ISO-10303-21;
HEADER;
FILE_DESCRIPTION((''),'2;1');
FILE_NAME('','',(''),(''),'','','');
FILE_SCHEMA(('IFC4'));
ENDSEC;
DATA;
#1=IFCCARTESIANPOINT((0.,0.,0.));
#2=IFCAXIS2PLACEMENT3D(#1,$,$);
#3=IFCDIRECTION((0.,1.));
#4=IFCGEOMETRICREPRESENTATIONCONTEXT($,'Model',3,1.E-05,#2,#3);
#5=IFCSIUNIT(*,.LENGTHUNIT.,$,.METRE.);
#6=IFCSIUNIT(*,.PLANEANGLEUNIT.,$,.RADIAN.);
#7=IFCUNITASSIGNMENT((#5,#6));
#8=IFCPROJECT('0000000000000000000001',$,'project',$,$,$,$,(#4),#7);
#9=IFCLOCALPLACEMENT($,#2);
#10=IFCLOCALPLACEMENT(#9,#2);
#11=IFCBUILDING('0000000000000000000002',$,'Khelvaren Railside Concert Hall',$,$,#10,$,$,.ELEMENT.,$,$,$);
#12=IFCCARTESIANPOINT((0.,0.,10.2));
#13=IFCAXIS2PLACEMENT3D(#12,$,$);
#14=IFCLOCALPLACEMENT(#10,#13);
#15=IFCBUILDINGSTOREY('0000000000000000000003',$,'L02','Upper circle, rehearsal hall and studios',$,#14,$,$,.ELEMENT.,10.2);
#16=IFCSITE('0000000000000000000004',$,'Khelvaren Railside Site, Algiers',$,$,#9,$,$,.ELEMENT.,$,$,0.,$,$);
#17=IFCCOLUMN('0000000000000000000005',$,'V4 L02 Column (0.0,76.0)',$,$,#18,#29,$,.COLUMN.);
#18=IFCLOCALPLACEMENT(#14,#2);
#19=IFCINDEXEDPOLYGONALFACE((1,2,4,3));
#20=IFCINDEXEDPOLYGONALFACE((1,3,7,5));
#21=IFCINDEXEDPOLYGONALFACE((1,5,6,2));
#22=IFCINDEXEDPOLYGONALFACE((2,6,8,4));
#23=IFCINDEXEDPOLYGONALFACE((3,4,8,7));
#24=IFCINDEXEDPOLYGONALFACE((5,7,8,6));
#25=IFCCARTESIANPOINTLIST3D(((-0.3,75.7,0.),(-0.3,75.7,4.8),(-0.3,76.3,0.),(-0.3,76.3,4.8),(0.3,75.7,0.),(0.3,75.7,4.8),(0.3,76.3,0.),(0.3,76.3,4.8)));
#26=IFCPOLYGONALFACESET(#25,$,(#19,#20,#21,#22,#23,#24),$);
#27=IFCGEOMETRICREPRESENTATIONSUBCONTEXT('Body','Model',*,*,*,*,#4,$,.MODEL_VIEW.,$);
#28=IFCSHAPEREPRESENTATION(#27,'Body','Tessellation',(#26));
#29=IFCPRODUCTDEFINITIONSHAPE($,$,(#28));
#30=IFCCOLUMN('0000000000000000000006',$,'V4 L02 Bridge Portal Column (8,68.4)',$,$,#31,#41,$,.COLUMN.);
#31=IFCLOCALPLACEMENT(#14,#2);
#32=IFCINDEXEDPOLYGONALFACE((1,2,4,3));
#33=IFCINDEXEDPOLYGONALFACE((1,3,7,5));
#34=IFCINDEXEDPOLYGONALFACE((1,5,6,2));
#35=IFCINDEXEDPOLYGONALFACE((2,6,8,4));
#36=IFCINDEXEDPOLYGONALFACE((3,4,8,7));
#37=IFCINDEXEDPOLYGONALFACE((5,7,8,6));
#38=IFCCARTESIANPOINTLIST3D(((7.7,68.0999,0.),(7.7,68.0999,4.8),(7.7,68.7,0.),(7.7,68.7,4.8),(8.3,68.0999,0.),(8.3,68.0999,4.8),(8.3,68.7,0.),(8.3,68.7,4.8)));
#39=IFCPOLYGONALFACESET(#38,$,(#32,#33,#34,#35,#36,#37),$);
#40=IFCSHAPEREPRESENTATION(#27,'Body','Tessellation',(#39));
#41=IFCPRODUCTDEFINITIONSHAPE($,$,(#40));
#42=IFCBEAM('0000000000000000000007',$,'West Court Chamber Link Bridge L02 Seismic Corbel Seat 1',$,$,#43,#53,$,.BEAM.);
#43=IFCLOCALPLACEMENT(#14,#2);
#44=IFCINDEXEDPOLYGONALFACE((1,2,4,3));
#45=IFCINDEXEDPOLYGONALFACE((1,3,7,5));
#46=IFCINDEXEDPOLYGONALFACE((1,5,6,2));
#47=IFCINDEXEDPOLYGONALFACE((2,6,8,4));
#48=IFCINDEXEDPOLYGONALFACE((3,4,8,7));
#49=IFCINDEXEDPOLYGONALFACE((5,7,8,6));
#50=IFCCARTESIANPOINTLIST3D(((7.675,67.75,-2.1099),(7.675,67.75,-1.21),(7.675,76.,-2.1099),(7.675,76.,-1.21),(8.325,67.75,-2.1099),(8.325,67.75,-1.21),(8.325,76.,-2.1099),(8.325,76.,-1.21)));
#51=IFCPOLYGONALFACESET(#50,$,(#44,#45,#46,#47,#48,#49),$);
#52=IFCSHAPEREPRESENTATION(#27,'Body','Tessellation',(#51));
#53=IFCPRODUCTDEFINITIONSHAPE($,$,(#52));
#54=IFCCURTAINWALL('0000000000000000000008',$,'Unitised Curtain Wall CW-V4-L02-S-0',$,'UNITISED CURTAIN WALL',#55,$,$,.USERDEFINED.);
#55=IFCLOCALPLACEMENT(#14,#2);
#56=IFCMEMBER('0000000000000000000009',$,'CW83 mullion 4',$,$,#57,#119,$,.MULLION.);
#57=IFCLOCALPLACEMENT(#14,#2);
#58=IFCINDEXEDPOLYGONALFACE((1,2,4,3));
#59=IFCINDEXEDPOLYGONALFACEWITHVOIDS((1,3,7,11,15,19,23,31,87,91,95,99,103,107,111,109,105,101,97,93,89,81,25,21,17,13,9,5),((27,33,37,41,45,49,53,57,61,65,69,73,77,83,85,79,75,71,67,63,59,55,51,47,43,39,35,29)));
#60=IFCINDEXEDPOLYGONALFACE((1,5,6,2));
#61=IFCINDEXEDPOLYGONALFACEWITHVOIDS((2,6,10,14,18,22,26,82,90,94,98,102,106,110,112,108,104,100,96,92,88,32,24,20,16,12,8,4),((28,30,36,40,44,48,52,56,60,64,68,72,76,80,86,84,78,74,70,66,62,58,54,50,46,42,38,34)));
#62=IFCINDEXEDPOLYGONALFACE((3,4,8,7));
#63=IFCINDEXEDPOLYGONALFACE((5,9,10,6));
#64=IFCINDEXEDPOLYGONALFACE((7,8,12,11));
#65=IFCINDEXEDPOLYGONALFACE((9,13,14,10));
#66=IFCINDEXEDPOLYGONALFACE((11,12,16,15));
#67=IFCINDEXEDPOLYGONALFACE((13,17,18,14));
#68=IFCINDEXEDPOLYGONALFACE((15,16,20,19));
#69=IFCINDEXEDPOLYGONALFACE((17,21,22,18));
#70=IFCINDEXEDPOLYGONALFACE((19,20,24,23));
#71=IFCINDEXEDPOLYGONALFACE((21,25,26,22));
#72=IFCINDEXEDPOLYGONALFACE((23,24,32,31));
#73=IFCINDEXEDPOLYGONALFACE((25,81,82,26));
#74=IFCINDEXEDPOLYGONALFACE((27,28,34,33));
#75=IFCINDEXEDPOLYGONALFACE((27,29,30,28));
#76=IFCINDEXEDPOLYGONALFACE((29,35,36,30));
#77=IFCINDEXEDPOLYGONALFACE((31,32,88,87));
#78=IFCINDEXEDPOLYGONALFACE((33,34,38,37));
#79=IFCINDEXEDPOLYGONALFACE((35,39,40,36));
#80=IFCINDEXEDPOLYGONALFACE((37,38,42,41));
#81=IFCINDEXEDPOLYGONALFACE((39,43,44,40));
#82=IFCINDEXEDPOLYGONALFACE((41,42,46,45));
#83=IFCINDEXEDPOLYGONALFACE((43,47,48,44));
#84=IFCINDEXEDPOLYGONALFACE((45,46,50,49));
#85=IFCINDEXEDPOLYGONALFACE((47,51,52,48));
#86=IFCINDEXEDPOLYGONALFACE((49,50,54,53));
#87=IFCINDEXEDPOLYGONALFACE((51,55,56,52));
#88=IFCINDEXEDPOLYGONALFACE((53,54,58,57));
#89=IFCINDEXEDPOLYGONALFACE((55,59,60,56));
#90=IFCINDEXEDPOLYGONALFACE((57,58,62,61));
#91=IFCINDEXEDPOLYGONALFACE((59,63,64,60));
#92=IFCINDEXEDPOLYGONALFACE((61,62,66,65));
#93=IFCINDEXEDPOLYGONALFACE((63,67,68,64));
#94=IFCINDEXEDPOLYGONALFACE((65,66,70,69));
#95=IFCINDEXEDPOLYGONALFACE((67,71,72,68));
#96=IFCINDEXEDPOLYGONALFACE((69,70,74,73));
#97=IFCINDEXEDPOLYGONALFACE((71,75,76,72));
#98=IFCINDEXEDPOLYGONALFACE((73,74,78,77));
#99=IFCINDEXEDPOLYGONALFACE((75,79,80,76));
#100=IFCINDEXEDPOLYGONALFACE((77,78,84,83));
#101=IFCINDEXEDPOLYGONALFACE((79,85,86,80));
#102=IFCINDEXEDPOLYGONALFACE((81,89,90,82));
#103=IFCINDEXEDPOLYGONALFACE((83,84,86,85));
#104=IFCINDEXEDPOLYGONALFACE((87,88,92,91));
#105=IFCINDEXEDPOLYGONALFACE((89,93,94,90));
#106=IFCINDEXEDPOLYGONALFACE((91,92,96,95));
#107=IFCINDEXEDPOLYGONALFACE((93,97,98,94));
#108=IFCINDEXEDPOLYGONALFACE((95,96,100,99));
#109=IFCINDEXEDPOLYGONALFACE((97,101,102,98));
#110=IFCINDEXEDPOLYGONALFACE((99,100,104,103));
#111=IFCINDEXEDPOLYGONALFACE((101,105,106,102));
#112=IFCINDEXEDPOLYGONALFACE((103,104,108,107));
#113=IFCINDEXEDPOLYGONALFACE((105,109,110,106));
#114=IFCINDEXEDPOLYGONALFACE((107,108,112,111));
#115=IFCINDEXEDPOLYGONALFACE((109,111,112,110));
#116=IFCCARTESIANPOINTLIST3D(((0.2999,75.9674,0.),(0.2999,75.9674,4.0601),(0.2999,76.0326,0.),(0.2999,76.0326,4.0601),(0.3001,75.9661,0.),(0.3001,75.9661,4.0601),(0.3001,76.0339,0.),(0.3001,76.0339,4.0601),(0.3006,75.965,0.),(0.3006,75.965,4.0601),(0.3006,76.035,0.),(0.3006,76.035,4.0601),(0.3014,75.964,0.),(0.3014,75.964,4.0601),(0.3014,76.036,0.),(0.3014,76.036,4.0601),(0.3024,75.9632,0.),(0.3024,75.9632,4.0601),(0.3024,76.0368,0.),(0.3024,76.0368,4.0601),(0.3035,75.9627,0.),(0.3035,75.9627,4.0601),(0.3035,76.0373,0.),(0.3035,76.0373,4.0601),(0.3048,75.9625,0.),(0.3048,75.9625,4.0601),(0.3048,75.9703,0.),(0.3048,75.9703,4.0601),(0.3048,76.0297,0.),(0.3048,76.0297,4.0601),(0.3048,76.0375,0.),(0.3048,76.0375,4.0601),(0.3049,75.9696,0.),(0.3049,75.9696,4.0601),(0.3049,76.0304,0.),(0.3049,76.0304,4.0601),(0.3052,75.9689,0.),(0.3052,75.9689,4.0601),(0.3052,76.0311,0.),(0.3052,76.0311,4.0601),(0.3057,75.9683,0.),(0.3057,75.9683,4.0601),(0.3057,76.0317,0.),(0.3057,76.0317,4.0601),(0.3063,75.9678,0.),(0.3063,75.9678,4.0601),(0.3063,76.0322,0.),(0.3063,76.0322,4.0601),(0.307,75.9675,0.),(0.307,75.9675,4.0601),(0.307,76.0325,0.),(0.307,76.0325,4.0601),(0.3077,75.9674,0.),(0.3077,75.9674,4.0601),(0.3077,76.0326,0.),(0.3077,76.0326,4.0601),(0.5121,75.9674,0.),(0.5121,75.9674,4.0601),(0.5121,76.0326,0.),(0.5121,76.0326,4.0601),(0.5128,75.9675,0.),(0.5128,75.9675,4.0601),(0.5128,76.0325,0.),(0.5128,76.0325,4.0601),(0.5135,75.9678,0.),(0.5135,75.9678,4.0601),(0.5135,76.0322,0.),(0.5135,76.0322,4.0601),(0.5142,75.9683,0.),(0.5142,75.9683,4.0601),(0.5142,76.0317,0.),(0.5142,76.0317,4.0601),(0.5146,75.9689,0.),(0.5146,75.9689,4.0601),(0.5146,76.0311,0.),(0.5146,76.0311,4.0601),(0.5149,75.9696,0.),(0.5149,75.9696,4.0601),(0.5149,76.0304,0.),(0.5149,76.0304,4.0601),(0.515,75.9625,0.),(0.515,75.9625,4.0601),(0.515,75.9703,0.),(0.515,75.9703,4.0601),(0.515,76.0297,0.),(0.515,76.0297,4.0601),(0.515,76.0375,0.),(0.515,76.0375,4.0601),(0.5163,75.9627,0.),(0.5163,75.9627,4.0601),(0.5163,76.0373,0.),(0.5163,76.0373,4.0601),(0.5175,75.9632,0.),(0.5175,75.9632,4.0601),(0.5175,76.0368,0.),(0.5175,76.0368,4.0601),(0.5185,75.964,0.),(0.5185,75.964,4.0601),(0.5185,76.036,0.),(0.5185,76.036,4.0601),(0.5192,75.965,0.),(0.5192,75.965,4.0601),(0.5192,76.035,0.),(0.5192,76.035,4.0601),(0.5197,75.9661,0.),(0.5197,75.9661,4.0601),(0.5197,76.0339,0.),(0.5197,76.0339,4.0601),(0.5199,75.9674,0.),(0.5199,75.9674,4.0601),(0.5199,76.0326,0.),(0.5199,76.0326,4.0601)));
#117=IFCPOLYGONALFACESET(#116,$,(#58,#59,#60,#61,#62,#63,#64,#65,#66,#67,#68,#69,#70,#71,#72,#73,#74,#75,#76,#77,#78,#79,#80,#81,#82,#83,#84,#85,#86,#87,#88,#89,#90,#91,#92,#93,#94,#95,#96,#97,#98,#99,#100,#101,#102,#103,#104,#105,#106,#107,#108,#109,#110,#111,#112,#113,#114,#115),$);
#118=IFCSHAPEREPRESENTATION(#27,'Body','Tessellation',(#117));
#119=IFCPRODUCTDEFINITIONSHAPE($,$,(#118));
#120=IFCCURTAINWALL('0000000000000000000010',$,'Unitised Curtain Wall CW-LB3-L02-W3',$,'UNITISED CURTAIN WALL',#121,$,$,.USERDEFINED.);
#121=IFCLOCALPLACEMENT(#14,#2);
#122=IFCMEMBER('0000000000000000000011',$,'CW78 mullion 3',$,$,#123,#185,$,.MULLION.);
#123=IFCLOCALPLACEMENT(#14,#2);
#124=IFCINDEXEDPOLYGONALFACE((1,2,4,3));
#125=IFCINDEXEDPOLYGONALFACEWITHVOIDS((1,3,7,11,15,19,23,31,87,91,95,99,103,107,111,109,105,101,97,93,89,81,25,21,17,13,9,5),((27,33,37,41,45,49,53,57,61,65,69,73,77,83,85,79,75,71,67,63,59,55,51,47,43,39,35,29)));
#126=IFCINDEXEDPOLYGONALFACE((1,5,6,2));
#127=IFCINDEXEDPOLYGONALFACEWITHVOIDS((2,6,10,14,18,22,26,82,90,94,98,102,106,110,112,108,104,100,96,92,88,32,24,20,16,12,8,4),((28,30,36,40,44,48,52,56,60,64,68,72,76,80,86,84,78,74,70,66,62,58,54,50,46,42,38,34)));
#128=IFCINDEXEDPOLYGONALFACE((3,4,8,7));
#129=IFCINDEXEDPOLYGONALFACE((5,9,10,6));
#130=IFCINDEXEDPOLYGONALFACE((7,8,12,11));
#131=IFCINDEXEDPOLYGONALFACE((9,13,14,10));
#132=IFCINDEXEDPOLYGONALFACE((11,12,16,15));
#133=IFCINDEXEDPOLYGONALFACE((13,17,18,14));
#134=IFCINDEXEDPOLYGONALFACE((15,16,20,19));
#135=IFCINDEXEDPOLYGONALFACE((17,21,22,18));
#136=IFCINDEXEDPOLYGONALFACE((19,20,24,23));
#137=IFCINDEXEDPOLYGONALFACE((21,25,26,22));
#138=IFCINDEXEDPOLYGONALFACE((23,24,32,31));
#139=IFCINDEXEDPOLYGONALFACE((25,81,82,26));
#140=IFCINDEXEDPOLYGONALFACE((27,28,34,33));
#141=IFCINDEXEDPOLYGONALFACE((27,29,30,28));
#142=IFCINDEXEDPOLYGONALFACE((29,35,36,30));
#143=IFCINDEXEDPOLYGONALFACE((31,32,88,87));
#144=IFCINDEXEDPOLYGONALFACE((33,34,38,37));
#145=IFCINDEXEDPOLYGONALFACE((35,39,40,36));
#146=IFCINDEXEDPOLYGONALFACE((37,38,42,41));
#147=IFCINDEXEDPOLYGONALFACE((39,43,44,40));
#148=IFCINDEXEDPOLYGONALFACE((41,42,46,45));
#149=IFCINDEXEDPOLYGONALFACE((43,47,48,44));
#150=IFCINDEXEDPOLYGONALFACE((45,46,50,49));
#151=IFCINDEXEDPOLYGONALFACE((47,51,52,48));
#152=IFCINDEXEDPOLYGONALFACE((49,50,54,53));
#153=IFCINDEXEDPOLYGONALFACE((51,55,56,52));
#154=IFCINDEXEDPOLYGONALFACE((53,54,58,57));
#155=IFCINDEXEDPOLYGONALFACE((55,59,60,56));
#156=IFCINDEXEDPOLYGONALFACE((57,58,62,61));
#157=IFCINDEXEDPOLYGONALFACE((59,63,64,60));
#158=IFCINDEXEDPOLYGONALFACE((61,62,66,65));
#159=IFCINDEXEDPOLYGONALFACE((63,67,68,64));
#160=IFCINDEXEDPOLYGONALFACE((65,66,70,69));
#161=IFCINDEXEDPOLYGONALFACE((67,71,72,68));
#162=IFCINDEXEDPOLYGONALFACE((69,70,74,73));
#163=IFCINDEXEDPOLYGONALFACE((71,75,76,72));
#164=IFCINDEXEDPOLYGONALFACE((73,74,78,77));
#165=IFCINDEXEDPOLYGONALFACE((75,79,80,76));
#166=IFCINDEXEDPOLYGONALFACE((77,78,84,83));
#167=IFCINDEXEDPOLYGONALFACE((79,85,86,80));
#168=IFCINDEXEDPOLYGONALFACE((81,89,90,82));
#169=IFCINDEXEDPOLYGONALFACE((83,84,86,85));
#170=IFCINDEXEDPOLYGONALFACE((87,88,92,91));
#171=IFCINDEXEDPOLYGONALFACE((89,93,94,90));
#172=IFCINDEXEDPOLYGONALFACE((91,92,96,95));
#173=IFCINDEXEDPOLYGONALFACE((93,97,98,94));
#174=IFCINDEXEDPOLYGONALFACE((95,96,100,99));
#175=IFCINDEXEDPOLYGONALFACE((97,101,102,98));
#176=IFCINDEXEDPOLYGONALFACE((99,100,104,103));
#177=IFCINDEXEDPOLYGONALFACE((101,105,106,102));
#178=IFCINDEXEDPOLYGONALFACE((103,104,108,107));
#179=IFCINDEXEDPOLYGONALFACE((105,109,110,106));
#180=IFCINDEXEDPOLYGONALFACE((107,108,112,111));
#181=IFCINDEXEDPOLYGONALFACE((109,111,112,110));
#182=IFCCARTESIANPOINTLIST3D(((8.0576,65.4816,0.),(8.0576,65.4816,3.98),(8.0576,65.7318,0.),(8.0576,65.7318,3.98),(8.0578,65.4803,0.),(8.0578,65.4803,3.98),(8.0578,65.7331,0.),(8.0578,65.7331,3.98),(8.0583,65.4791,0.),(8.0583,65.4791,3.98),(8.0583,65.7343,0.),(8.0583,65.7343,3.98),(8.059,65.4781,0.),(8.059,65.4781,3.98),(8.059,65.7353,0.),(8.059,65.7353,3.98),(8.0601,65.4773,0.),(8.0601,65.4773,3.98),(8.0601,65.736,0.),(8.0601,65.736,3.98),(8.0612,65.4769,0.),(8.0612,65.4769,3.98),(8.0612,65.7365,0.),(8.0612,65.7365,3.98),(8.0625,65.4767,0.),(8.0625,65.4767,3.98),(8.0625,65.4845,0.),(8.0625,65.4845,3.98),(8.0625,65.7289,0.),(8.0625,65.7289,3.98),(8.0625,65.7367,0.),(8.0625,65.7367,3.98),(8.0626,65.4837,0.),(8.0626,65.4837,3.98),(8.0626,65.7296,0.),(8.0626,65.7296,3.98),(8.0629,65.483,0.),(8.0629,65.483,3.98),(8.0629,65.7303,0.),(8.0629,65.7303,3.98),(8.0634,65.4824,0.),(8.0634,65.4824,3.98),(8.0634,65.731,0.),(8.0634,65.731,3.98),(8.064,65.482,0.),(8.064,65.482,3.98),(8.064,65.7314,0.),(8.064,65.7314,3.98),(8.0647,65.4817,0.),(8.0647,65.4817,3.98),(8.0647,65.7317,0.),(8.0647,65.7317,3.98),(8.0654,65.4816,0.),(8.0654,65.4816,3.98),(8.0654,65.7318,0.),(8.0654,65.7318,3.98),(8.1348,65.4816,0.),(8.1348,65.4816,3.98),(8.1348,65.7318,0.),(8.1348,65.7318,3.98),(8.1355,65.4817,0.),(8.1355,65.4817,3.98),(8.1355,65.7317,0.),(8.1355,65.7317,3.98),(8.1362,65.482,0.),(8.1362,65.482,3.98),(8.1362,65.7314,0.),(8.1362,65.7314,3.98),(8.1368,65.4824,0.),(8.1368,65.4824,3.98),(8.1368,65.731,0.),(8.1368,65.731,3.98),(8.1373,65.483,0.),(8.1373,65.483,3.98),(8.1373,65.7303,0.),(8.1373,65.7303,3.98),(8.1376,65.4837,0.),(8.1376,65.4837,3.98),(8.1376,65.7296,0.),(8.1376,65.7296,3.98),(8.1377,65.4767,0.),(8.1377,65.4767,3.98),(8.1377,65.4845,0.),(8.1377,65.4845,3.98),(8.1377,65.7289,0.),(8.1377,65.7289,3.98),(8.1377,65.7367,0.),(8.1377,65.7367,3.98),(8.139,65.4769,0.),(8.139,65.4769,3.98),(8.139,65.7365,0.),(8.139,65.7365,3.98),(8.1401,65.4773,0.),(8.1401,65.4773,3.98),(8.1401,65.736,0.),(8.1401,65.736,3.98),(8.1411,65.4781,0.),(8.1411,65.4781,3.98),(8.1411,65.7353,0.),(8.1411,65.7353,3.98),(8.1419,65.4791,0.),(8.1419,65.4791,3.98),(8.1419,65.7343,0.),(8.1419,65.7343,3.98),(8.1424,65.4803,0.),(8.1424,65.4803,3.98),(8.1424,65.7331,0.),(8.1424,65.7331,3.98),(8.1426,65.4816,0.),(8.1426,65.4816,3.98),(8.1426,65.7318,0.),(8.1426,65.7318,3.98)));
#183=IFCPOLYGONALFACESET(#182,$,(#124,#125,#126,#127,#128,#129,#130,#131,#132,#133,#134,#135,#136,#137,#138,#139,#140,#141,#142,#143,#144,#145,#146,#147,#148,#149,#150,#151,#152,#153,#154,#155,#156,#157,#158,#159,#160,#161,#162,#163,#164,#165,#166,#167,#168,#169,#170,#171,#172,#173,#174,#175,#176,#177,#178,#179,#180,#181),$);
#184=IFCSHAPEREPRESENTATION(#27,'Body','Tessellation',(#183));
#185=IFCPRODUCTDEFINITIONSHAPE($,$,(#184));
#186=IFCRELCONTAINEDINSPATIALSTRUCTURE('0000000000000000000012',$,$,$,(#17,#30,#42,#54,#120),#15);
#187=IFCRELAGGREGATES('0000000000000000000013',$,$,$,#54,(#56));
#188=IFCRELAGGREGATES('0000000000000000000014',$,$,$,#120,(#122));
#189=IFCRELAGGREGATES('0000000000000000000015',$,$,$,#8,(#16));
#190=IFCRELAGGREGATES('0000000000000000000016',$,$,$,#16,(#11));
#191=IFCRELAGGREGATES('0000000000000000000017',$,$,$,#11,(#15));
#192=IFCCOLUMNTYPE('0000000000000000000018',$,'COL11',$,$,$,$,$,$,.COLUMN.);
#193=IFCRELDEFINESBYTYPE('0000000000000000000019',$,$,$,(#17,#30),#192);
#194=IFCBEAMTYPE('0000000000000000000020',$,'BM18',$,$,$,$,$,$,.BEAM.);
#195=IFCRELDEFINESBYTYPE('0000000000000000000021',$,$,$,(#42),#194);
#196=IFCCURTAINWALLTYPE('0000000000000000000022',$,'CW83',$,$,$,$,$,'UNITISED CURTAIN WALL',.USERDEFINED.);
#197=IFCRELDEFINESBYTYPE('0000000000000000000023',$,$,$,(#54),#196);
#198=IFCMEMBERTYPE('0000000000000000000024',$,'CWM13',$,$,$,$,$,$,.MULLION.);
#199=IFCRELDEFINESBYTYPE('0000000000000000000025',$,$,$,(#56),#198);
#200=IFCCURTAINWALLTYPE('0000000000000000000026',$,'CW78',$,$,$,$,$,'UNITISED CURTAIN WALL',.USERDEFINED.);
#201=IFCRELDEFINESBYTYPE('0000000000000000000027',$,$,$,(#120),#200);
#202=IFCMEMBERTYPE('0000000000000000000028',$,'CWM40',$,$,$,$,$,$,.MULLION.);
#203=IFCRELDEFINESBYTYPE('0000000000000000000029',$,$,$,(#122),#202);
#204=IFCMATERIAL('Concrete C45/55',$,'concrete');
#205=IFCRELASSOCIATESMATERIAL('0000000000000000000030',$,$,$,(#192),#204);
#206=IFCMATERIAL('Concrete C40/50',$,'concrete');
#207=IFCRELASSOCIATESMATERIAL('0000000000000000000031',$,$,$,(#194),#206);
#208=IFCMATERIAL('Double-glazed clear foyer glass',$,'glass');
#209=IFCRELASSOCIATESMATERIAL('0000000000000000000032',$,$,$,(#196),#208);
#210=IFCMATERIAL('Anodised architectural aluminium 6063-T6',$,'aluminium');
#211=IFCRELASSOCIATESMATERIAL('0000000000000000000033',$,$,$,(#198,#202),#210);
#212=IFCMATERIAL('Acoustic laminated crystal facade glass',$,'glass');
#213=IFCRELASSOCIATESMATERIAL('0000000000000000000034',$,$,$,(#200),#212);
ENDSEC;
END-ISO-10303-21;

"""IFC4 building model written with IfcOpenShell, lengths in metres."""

from ifc_helpers import new_model, si_unit, direction, frame, origin, origin_2d, place, context, subcontext, project, spatial, rectangle, hollow_rectangle, extrude, material, material_profile, profile_set, type_object, element, aggregate, save


model = new_model("IFC4")

# Units and contexts
model_context = context("Model", 3, precision=1e-05, world=origin(), true_north=direction((0.0, 1.0)))
body_context = subcontext(model_context, "Body", "Model", "MODEL_VIEW")
ifc_project = project(units=[si_unit("LENGTHUNIT", "METRE"), si_unit("PLANEANGLEUNIT", "RADIAN")], contexts=[model_context])

# Site, building, storey
site_placement = place(None, origin())
site = spatial("IfcSite", under=ifc_project, at=site_placement, Name="Khelvaren Railside Site, Algiers", CompositionType="ELEMENT", RefElevation=0.0)
building_placement = place(site_placement, origin())
building = spatial("IfcBuilding", under=site, at=building_placement, Name="Khelvaren Railside Concert Hall", CompositionType="ELEMENT")
storey_placement = place(building_placement, frame((0.0, 0.0, 10.2)))
storey = spatial("IfcBuildingStorey", under=building, at=storey_placement, Name="L02", Description="Upper circle, rehearsal hall and studios", CompositionType="ELEMENT", Elevation=10.2)

# Columns
ifc_material_1 = material(Name="Concrete C45/55", Category="concrete")
ifc_material_profile_1 = material_profile(ifc_material_1, rectangle(XDim=0.6001, YDim=0.6001, at=origin_2d()), Name="RC 600x600")
ifc_profile_set_1 = profile_set([ifc_material_profile_1], Name="Concrete C45/55")
column_type = type_object("IfcColumnType", Name="COL11", PredefinedType="COLUMN", material=ifc_profile_set_1)
for number, where, z_axis, x_axis, name in (
    (1, (0.0, 76.0, 0.0), (0.0, 0.0, 1.0), (1.0, 0.0, 0.0), "V4 L02 Column (0.0,76.0)"),
    (2, (8.0, 68.3999, 0.0), (0.0, 0.0, 1.0), (1.0, 0.0, 0.0), "V4 L02 Bridge Portal Column (8,68.4)"),
):
    element("IfcColumn", number, at=place(storey_placement, frame(where, z_axis=z_axis, x_axis=x_axis)), inside=storey, type_object=column_type, Name=name, PredefinedType="COLUMN", context=body_context, shape_type="SweptSolid", body=[
        extrude(rectangle(XDim=0.6001, YDim=0.6001, at=origin_2d()), origin(), (0.0, 0.0, 1.0), 4.8),
    ])

# Beam
ifc_material_2 = material(Name="Concrete C40/50", Category="concrete")
ifc_material_profile_2 = material_profile(ifc_material_2, rectangle(XDim=0.6499, YDim=0.8999, at=origin_2d()), Name="RCB 650x900")
ifc_profile_set_2 = profile_set([ifc_material_profile_2], Name="Concrete C40/50")
beam_type_1 = type_object("IfcBeamType", Name="BM18", PredefinedType="BEAM", material=ifc_profile_set_2)
beam_1_placement = place(storey_placement, frame((8.0, 67.75, -1.6599), z_axis=(0.0, 1.0, 0.0), x_axis=(-1.0, 0.0, 0.0)))
element("IfcBeam", 3, at=beam_1_placement, inside=storey, type_object=beam_type_1, Name="West Court Chamber Link Bridge L02 Seismic Corbel Seat 1", PredefinedType="BEAM", context=body_context, shape_type="SweptSolid", body=[
    extrude(rectangle(XDim=0.6499, YDim=0.8999, at=origin_2d()), origin(), (0.0, 0.0, 1.0), 8.25),
])

# Curtain wall, member
ifc_material_3 = material(Name="Double-glazed clear foyer glass", Category="glass")
curtain_wall_type_1 = type_object("IfcCurtainWallType", Name="CW83", ElementType="UNITISED CURTAIN WALL", PredefinedType="USERDEFINED", material=ifc_material_3)
curtain_wall_1_placement = place(storey_placement, origin())
curtain_wall_1 = element("IfcCurtainWall", 4, at=curtain_wall_1_placement, inside=storey, type_object=curtain_wall_type_1, Name="Unitised Curtain Wall CW-V4-L02-S-0", ObjectType="UNITISED CURTAIN WALL", PredefinedType="USERDEFINED")
ifc_material_4 = material(Name="Anodised architectural aluminium 6063-T6", Category="aluminium")
ifc_material_profile_3 = material_profile(ifc_material_4, hollow_rectangle(XDim=0.075, YDim=0.22, WallThickness=0.0049, InnerFilletRadius=0.0029, OuterFilletRadius=0.0049, at=origin_2d()), Name="CWM 75x220x5")
ifc_profile_set_3 = profile_set([ifc_material_profile_3], Name="Anodised architectural aluminium 6063-T6")
member_type_1 = type_object("IfcMemberType", Name="CWM13", PredefinedType="MULLION", material=ifc_profile_set_3)
member_1_placement = place(storey_placement, frame((0.4099, 76.0, 0.0), z_axis=(0.0, 0.0, 1.0), x_axis=(0.0, -1.0, 0.0)))
member_1 = element("IfcMember", 5, at=member_1_placement, type_object=member_type_1, Name="CW83 mullion 4", PredefinedType="MULLION", context=body_context, shape_type="SweptSolid", body=[
    extrude(hollow_rectangle(XDim=0.075, YDim=0.22, WallThickness=0.0049, InnerFilletRadius=0.0029, OuterFilletRadius=0.0049, at=origin_2d()), origin(), (0.0, 0.0, 1.0), 4.0601),
])
aggregate(curtain_wall_1, [member_1])

# Curtain wall, member
ifc_material_5 = material(Name="Acoustic laminated crystal facade glass", Category="glass")
curtain_wall_type_2 = type_object("IfcCurtainWallType", Name="CW78", ElementType="UNITISED CURTAIN WALL", PredefinedType="USERDEFINED", material=ifc_material_5)
curtain_wall_2_placement = place(storey_placement, origin())
curtain_wall_2 = element("IfcCurtainWall", 6, at=curtain_wall_2_placement, inside=storey, type_object=curtain_wall_type_2, Name="Unitised Curtain Wall CW-LB3-L02-W3", ObjectType="UNITISED CURTAIN WALL", PredefinedType="USERDEFINED")
ifc_material_profile_4 = material_profile(ifc_material_4, hollow_rectangle(XDim=0.085, YDim=0.26, WallThickness=0.0049, InnerFilletRadius=0.0029, OuterFilletRadius=0.0049, at=origin_2d()), Name="CWM 85x260x5")
ifc_profile_set_4 = profile_set([ifc_material_profile_4], Name="Anodised architectural aluminium 6063-T6")
member_type_2 = type_object("IfcMemberType", Name="CWM40", PredefinedType="MULLION", material=ifc_profile_set_4)
member_2_placement = place(storey_placement, frame((8.1001, 65.6067, 0.0), z_axis=(0.0, 0.0, 1.0), x_axis=(-1.0, 0.0, 0.0)))
member_2 = element("IfcMember", 7, at=member_2_placement, type_object=member_type_2, Name="CW78 mullion 3", PredefinedType="MULLION", context=body_context, shape_type="SweptSolid", body=[
    extrude(hollow_rectangle(XDim=0.085, YDim=0.26, WallThickness=0.0049, InnerFilletRadius=0.0029, OuterFilletRadius=0.0049, at=origin_2d()), origin(), (0.0, 0.0, 1.0), 3.98),
])

aggregate(curtain_wall_2, [member_2])

save(model, "model.ifc")
